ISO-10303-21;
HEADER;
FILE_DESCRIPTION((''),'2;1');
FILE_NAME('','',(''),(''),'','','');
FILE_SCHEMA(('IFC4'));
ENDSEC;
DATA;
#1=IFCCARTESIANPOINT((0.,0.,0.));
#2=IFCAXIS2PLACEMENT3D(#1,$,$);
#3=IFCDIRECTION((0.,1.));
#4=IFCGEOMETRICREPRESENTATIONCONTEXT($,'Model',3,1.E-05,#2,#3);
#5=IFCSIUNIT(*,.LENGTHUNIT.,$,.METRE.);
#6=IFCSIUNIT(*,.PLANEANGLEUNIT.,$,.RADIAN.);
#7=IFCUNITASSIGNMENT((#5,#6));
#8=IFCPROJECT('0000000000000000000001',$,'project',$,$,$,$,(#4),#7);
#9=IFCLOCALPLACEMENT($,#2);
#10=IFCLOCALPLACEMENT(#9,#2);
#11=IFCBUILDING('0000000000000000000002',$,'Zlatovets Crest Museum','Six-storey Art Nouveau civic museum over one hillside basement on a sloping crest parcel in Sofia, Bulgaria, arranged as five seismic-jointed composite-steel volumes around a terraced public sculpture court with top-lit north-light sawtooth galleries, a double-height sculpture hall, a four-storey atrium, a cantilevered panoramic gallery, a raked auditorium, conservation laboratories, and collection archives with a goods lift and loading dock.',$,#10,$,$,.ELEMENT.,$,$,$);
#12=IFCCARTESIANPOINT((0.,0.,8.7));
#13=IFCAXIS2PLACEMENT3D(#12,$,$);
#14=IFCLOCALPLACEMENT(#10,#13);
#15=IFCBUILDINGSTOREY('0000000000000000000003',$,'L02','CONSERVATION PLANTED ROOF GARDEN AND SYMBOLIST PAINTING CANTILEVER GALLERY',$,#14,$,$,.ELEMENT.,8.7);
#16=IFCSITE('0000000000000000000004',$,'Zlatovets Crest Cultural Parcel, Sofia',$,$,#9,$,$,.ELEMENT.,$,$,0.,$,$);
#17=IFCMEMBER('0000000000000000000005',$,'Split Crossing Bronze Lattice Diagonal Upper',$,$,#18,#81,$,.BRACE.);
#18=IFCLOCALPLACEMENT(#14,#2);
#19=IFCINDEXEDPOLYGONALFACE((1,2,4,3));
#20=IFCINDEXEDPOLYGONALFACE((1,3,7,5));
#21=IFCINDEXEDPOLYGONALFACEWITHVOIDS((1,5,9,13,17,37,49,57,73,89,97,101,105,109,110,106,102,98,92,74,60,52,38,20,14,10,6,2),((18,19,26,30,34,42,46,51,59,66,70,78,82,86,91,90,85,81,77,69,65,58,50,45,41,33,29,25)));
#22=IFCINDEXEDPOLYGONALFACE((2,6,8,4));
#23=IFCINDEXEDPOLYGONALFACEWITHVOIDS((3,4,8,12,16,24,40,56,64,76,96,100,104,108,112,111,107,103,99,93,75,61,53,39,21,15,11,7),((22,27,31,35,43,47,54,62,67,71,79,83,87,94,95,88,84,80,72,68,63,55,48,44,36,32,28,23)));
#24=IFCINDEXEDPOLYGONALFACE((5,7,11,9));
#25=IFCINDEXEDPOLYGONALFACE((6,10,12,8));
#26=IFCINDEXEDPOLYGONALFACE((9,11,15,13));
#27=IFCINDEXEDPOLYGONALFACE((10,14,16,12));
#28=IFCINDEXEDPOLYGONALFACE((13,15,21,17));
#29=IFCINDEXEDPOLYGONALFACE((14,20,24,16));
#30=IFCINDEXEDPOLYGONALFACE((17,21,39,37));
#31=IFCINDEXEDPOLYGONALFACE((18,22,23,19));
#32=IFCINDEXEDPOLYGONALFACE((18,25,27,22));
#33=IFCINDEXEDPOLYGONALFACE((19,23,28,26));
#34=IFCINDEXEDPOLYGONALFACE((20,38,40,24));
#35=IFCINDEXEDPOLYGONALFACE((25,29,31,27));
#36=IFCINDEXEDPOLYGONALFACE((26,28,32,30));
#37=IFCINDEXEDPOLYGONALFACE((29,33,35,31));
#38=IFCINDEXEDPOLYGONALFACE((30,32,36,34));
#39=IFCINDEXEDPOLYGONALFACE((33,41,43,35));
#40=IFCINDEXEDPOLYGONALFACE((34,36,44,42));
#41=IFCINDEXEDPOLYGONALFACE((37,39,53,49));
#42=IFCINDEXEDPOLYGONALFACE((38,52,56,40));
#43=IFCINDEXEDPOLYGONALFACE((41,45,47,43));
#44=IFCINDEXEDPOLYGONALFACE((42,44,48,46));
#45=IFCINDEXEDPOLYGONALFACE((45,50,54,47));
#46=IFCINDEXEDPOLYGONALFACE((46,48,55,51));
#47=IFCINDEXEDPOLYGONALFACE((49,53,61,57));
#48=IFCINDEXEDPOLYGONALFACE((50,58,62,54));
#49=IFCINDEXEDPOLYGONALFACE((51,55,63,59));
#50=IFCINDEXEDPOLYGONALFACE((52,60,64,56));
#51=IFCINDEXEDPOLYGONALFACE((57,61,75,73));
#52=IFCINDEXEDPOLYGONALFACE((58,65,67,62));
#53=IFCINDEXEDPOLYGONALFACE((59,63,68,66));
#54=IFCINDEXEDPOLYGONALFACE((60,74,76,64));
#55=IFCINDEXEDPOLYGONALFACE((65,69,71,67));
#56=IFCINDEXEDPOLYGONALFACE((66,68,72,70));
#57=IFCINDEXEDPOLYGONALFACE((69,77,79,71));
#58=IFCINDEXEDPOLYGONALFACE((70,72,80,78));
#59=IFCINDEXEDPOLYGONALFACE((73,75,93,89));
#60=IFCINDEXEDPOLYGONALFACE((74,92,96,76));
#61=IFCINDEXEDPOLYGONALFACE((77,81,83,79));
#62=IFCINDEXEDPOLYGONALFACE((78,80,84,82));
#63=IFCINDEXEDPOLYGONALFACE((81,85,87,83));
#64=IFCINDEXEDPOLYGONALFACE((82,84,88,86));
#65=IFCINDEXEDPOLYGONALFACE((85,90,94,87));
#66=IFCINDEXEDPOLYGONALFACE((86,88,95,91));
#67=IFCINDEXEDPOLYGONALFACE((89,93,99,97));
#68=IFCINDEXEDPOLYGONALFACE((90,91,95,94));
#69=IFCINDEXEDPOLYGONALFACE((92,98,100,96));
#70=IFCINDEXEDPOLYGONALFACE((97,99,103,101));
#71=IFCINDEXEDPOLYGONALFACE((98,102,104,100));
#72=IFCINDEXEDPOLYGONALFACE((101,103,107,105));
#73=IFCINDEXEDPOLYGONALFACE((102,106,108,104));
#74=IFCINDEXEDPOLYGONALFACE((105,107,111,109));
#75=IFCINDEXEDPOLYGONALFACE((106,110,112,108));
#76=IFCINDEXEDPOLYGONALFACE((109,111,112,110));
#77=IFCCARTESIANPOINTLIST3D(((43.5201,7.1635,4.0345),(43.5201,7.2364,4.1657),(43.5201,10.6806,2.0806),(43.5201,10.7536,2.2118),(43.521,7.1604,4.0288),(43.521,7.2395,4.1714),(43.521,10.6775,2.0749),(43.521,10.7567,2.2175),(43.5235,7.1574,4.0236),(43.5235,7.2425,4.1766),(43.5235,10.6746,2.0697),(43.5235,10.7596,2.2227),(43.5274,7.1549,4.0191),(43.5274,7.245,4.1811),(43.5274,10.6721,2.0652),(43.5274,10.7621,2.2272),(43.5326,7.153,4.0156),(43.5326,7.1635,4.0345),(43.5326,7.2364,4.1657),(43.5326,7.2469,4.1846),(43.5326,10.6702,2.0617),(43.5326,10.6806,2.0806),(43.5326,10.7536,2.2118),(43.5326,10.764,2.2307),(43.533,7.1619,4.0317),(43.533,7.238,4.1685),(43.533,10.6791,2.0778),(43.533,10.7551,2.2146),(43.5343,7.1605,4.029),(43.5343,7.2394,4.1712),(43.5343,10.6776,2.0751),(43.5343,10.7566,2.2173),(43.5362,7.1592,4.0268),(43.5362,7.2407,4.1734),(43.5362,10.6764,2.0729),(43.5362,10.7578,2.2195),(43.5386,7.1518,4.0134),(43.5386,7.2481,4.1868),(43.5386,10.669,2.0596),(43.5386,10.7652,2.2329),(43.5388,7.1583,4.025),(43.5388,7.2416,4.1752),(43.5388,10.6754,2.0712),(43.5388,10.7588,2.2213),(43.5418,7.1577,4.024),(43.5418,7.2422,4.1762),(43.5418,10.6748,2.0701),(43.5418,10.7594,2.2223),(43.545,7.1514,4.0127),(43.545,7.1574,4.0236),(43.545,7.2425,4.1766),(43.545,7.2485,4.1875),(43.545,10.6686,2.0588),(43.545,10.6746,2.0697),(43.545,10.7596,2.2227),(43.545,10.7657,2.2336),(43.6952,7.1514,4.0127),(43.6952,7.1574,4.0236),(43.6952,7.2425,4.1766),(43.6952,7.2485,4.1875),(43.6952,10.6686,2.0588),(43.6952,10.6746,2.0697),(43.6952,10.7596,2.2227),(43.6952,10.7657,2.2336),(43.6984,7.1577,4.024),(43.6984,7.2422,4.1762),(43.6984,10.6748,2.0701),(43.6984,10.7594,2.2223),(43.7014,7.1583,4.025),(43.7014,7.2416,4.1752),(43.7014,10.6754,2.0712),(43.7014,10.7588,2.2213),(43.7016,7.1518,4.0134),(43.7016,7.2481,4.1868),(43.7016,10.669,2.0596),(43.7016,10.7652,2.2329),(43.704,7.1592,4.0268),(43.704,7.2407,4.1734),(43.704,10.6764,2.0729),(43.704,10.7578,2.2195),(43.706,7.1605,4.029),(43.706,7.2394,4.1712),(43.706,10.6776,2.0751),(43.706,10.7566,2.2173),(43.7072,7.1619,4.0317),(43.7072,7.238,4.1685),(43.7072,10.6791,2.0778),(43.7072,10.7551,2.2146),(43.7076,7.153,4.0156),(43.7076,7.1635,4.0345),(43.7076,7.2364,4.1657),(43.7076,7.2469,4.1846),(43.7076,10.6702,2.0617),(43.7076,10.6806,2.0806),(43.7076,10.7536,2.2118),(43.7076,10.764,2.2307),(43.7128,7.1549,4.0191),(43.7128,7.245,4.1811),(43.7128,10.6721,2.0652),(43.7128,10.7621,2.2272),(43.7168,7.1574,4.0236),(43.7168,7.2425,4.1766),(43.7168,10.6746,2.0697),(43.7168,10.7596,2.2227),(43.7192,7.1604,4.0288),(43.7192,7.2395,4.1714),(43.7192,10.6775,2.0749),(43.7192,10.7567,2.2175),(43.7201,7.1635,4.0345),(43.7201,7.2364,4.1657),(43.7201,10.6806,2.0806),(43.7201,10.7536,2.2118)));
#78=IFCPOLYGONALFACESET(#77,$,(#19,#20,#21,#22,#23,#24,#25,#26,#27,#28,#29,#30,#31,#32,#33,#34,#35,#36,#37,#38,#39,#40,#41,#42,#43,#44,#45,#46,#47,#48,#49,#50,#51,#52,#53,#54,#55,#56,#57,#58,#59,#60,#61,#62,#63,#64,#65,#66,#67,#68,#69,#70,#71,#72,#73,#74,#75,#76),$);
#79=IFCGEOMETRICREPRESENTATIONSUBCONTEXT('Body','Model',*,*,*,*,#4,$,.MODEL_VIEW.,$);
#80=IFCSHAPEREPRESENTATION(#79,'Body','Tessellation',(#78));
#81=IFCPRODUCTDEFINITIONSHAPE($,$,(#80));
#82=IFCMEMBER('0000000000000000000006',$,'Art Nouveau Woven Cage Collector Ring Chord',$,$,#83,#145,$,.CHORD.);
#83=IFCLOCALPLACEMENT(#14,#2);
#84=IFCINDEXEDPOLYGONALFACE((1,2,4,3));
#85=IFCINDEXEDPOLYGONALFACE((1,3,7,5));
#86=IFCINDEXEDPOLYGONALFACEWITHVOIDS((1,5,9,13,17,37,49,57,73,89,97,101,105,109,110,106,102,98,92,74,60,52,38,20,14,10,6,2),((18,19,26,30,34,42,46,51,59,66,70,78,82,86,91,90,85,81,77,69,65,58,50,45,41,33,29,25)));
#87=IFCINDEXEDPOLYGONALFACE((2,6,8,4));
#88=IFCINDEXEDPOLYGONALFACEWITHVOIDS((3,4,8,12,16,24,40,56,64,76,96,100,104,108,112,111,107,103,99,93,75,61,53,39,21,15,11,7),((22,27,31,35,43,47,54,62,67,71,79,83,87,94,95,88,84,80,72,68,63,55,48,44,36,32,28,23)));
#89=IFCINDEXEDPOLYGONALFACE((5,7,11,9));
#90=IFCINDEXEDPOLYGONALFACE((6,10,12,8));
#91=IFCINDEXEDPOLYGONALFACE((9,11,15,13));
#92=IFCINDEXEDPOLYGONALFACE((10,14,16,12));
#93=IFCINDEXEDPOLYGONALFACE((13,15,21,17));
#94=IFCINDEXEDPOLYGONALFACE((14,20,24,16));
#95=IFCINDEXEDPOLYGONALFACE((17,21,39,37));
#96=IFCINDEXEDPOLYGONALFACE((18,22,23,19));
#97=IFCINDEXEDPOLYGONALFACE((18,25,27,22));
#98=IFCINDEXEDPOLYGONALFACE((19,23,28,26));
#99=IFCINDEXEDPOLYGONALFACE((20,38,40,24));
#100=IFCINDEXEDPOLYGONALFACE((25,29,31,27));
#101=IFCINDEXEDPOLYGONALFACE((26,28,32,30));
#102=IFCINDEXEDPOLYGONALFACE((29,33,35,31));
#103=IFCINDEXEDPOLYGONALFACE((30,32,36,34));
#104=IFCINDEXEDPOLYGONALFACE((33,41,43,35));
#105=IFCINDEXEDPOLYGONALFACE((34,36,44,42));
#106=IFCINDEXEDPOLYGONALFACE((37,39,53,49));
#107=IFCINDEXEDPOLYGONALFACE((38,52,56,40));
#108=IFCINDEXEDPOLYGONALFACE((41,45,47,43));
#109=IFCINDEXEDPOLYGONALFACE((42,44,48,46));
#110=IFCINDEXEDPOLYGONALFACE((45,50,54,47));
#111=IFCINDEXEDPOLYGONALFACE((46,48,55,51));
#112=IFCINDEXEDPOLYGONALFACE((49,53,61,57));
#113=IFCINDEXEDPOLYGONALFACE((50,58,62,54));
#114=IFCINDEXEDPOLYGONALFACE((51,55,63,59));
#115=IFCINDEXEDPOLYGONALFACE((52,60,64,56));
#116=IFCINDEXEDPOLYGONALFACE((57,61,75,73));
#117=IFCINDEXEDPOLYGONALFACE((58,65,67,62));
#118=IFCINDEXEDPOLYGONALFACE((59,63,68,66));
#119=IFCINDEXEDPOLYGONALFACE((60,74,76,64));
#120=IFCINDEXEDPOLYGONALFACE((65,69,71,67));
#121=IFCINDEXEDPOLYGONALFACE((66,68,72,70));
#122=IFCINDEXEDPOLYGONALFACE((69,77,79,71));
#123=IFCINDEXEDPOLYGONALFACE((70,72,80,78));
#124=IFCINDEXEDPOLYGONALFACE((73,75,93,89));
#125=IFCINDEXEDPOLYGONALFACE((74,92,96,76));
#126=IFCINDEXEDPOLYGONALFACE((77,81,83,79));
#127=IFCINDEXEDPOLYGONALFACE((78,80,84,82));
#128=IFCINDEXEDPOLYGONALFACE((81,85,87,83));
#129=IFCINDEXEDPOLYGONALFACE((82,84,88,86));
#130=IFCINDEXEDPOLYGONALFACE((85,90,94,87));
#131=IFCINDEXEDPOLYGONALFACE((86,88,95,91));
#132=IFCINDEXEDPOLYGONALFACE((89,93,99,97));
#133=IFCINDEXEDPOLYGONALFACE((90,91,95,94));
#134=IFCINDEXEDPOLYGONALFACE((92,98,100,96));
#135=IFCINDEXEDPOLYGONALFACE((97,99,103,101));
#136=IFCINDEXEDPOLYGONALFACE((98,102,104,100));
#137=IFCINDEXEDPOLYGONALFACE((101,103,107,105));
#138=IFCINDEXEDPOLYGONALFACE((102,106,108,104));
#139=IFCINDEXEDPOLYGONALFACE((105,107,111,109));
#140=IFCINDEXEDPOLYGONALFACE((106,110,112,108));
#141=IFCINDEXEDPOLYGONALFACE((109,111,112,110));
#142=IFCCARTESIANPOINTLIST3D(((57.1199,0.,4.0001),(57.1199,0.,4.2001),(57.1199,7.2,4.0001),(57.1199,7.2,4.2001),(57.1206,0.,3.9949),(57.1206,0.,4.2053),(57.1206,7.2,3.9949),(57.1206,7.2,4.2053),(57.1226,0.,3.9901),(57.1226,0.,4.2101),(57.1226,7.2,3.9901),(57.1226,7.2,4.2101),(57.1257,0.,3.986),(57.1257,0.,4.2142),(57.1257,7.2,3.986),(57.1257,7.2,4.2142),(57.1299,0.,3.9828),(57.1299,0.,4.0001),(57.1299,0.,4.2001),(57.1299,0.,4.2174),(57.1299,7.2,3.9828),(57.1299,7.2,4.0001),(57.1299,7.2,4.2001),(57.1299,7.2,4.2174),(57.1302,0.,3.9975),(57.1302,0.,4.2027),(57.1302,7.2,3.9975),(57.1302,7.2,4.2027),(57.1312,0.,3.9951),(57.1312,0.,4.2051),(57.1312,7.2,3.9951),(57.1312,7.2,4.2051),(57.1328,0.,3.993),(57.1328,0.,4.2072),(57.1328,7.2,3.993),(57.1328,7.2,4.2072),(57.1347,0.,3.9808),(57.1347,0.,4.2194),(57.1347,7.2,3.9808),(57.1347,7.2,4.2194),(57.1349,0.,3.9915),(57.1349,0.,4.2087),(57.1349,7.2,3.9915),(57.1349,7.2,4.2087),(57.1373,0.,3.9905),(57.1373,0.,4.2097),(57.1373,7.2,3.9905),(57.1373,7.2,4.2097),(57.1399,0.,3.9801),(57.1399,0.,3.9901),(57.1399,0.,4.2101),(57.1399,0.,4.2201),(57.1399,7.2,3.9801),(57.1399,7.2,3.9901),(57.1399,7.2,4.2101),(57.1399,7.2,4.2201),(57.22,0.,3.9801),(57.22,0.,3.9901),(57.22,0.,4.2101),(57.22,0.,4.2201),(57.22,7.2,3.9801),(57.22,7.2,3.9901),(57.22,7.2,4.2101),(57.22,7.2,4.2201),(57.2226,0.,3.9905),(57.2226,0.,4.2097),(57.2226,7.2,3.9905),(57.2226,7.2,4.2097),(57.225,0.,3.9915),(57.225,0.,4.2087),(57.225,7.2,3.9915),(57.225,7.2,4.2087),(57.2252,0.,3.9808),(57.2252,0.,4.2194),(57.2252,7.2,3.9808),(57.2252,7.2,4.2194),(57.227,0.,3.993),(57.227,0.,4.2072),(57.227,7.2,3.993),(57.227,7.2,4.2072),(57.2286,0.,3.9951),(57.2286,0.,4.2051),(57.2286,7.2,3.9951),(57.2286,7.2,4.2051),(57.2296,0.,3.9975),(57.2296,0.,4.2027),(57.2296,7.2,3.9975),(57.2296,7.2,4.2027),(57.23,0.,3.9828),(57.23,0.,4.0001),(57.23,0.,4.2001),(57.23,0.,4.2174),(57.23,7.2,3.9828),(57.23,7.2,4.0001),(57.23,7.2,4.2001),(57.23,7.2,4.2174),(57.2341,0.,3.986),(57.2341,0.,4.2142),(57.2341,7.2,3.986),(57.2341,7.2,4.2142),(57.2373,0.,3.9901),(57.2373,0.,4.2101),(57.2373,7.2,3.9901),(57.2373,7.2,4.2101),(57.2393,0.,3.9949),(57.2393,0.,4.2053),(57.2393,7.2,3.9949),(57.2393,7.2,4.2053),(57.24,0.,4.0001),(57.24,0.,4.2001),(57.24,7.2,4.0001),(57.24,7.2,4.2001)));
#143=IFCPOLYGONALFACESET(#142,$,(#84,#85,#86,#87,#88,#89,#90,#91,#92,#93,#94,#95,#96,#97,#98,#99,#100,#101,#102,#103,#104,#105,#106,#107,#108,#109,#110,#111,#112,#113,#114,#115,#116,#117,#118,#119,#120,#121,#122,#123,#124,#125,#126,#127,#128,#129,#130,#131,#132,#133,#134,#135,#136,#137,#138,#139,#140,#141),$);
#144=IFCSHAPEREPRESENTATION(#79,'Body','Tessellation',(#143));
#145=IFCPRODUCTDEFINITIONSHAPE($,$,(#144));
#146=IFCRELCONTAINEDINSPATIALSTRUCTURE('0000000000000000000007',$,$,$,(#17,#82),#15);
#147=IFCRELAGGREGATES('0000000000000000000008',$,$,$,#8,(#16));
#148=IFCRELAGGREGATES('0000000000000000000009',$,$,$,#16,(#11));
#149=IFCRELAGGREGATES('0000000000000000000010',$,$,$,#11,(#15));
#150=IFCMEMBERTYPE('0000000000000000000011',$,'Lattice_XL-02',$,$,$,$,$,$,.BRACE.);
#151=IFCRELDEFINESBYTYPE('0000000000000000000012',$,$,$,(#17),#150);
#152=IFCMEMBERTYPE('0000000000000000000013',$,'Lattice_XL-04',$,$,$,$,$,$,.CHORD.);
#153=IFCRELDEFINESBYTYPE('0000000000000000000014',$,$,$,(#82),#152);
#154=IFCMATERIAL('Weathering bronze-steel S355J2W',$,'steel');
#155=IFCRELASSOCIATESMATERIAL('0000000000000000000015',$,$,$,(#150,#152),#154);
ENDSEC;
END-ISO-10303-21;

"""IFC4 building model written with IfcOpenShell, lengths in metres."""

from ifc_helpers import new_model, si_unit, direction, frame, origin, origin_2d, place, context, subcontext, project, spatial, hollow_rectangle, extrude, material, material_profile, profile_set, type_object, element, save


model = new_model("IFC4")

# Units and contexts
model_context = context("Model", 3, precision=1e-05, world=origin(), true_north=direction((0.0, 1.0)))
body_context = subcontext(model_context, "Body", "Model", "MODEL_VIEW")
ifc_project = project(units=[si_unit("LENGTHUNIT", "METRE"), si_unit("PLANEANGLEUNIT", "RADIAN")], contexts=[model_context])

# Site, building, storey
site_placement = place(None, origin())
site = spatial("IfcSite", under=ifc_project, at=site_placement, Name="Zlatovets Crest Cultural Parcel, Sofia", CompositionType="ELEMENT", RefElevation=0.0)
building_placement = place(site_placement, origin())
building = spatial("IfcBuilding", under=site, at=building_placement, Name="Zlatovets Crest Museum", Description="Six-storey Art Nouveau civic museum over one hillside basement on a sloping crest parcel in Sofia, Bulgaria, arranged as five seismic-jointed composite-steel volumes around a terraced public sculpture court with top-lit north-light sawtooth galleries, a double-height sculpture hall, a four-storey atrium, a cantilevered panoramic gallery, a raked auditorium, conservation laboratories, and collection archives with a goods lift and loading dock.", CompositionType="ELEMENT")
storey_placement = place(building_placement, frame((0.0, 0.0, 8.7)))
storey = spatial("IfcBuildingStorey", under=building, at=storey_placement, Name="L02", Description="CONSERVATION PLANTED ROOF GARDEN AND SYMBOLIST PAINTING CANTILEVER GALLERY", CompositionType="ELEMENT", Elevation=8.7)

# Members
ifc_material_1 = material(Name="Weathering bronze-steel S355J2W", Category="steel")
ifc_material_profile_1 = material_profile(ifc_material_1, hollow_rectangle(XDim=0.2, YDim=0.2, WallThickness=0.0125, InnerFilletRadius=0.0125, OuterFilletRadius=0.0249, at=origin_2d()), Name="SHS 200x200x12.5")
ifc_profile_set_1 = profile_set([ifc_material_profile_1], Name="Weathering bronze-steel S355J2W")
member_type_1 = type_object("IfcMemberType", Name="Lattice_XL-02", PredefinedType="BRACE", material=ifc_profile_set_1)
member_1_placement = place(storey_placement, frame((43.6201, 7.2, 4.1001), z_axis=(0.0, 0.874166, -0.485627), x_axis=(-1.0, 0.0, 0.0)))
element("IfcMember", 1, at=member_1_placement, inside=storey, type_object=member_type_1, Name="Split Crossing Bronze Lattice Diagonal Upper", PredefinedType="BRACE", context=body_context, shape_type="SweptSolid", body=[
    extrude(hollow_rectangle(XDim=0.2, YDim=0.2, WallThickness=0.0125, InnerFilletRadius=0.0125, OuterFilletRadius=0.0249, at=origin_2d()), origin(), (0.0, 0.0, 1.0), 4.0234),
])
ifc_material_profile_2 = material_profile(ifc_material_1, hollow_rectangle(XDim=0.1201, YDim=0.24, WallThickness=0.01, InnerFilletRadius=0.01, OuterFilletRadius=0.02, at=origin_2d()), Name="RHS 120x240x10.0")
ifc_profile_set_2 = profile_set([ifc_material_profile_2], Name="Weathering bronze-steel S355J2W")
member_type_2 = type_object("IfcMemberType", Name="Lattice_XL-04", PredefinedType="CHORD", material=ifc_profile_set_2)
for number, where, z_axis, x_axis, name in (
    (2, (57.1799, 7.2, 4.1001), (0.0, -1.0, 0.0), (1.0, 0.0, 0.0), "Art Nouveau Woven Cage Collector Ring Chord"),
):
    element("IfcMember", number, at=place(storey_placement, frame(where, z_axis=z_axis, x_axis=x_axis)), inside=storey, type_object=member_type_2, Name=name, PredefinedType="CHORD", context=body_context, shape_type="SweptSolid", body=[
        extrude(hollow_rectangle(XDim=0.1201, YDim=0.24, WallThickness=0.01, InnerFilletRadius=0.01, OuterFilletRadius=0.02, at=origin_2d()), origin(), (0.0, 0.0, 1.0), 7.2),
    ])

save(model, "model.ifc")
